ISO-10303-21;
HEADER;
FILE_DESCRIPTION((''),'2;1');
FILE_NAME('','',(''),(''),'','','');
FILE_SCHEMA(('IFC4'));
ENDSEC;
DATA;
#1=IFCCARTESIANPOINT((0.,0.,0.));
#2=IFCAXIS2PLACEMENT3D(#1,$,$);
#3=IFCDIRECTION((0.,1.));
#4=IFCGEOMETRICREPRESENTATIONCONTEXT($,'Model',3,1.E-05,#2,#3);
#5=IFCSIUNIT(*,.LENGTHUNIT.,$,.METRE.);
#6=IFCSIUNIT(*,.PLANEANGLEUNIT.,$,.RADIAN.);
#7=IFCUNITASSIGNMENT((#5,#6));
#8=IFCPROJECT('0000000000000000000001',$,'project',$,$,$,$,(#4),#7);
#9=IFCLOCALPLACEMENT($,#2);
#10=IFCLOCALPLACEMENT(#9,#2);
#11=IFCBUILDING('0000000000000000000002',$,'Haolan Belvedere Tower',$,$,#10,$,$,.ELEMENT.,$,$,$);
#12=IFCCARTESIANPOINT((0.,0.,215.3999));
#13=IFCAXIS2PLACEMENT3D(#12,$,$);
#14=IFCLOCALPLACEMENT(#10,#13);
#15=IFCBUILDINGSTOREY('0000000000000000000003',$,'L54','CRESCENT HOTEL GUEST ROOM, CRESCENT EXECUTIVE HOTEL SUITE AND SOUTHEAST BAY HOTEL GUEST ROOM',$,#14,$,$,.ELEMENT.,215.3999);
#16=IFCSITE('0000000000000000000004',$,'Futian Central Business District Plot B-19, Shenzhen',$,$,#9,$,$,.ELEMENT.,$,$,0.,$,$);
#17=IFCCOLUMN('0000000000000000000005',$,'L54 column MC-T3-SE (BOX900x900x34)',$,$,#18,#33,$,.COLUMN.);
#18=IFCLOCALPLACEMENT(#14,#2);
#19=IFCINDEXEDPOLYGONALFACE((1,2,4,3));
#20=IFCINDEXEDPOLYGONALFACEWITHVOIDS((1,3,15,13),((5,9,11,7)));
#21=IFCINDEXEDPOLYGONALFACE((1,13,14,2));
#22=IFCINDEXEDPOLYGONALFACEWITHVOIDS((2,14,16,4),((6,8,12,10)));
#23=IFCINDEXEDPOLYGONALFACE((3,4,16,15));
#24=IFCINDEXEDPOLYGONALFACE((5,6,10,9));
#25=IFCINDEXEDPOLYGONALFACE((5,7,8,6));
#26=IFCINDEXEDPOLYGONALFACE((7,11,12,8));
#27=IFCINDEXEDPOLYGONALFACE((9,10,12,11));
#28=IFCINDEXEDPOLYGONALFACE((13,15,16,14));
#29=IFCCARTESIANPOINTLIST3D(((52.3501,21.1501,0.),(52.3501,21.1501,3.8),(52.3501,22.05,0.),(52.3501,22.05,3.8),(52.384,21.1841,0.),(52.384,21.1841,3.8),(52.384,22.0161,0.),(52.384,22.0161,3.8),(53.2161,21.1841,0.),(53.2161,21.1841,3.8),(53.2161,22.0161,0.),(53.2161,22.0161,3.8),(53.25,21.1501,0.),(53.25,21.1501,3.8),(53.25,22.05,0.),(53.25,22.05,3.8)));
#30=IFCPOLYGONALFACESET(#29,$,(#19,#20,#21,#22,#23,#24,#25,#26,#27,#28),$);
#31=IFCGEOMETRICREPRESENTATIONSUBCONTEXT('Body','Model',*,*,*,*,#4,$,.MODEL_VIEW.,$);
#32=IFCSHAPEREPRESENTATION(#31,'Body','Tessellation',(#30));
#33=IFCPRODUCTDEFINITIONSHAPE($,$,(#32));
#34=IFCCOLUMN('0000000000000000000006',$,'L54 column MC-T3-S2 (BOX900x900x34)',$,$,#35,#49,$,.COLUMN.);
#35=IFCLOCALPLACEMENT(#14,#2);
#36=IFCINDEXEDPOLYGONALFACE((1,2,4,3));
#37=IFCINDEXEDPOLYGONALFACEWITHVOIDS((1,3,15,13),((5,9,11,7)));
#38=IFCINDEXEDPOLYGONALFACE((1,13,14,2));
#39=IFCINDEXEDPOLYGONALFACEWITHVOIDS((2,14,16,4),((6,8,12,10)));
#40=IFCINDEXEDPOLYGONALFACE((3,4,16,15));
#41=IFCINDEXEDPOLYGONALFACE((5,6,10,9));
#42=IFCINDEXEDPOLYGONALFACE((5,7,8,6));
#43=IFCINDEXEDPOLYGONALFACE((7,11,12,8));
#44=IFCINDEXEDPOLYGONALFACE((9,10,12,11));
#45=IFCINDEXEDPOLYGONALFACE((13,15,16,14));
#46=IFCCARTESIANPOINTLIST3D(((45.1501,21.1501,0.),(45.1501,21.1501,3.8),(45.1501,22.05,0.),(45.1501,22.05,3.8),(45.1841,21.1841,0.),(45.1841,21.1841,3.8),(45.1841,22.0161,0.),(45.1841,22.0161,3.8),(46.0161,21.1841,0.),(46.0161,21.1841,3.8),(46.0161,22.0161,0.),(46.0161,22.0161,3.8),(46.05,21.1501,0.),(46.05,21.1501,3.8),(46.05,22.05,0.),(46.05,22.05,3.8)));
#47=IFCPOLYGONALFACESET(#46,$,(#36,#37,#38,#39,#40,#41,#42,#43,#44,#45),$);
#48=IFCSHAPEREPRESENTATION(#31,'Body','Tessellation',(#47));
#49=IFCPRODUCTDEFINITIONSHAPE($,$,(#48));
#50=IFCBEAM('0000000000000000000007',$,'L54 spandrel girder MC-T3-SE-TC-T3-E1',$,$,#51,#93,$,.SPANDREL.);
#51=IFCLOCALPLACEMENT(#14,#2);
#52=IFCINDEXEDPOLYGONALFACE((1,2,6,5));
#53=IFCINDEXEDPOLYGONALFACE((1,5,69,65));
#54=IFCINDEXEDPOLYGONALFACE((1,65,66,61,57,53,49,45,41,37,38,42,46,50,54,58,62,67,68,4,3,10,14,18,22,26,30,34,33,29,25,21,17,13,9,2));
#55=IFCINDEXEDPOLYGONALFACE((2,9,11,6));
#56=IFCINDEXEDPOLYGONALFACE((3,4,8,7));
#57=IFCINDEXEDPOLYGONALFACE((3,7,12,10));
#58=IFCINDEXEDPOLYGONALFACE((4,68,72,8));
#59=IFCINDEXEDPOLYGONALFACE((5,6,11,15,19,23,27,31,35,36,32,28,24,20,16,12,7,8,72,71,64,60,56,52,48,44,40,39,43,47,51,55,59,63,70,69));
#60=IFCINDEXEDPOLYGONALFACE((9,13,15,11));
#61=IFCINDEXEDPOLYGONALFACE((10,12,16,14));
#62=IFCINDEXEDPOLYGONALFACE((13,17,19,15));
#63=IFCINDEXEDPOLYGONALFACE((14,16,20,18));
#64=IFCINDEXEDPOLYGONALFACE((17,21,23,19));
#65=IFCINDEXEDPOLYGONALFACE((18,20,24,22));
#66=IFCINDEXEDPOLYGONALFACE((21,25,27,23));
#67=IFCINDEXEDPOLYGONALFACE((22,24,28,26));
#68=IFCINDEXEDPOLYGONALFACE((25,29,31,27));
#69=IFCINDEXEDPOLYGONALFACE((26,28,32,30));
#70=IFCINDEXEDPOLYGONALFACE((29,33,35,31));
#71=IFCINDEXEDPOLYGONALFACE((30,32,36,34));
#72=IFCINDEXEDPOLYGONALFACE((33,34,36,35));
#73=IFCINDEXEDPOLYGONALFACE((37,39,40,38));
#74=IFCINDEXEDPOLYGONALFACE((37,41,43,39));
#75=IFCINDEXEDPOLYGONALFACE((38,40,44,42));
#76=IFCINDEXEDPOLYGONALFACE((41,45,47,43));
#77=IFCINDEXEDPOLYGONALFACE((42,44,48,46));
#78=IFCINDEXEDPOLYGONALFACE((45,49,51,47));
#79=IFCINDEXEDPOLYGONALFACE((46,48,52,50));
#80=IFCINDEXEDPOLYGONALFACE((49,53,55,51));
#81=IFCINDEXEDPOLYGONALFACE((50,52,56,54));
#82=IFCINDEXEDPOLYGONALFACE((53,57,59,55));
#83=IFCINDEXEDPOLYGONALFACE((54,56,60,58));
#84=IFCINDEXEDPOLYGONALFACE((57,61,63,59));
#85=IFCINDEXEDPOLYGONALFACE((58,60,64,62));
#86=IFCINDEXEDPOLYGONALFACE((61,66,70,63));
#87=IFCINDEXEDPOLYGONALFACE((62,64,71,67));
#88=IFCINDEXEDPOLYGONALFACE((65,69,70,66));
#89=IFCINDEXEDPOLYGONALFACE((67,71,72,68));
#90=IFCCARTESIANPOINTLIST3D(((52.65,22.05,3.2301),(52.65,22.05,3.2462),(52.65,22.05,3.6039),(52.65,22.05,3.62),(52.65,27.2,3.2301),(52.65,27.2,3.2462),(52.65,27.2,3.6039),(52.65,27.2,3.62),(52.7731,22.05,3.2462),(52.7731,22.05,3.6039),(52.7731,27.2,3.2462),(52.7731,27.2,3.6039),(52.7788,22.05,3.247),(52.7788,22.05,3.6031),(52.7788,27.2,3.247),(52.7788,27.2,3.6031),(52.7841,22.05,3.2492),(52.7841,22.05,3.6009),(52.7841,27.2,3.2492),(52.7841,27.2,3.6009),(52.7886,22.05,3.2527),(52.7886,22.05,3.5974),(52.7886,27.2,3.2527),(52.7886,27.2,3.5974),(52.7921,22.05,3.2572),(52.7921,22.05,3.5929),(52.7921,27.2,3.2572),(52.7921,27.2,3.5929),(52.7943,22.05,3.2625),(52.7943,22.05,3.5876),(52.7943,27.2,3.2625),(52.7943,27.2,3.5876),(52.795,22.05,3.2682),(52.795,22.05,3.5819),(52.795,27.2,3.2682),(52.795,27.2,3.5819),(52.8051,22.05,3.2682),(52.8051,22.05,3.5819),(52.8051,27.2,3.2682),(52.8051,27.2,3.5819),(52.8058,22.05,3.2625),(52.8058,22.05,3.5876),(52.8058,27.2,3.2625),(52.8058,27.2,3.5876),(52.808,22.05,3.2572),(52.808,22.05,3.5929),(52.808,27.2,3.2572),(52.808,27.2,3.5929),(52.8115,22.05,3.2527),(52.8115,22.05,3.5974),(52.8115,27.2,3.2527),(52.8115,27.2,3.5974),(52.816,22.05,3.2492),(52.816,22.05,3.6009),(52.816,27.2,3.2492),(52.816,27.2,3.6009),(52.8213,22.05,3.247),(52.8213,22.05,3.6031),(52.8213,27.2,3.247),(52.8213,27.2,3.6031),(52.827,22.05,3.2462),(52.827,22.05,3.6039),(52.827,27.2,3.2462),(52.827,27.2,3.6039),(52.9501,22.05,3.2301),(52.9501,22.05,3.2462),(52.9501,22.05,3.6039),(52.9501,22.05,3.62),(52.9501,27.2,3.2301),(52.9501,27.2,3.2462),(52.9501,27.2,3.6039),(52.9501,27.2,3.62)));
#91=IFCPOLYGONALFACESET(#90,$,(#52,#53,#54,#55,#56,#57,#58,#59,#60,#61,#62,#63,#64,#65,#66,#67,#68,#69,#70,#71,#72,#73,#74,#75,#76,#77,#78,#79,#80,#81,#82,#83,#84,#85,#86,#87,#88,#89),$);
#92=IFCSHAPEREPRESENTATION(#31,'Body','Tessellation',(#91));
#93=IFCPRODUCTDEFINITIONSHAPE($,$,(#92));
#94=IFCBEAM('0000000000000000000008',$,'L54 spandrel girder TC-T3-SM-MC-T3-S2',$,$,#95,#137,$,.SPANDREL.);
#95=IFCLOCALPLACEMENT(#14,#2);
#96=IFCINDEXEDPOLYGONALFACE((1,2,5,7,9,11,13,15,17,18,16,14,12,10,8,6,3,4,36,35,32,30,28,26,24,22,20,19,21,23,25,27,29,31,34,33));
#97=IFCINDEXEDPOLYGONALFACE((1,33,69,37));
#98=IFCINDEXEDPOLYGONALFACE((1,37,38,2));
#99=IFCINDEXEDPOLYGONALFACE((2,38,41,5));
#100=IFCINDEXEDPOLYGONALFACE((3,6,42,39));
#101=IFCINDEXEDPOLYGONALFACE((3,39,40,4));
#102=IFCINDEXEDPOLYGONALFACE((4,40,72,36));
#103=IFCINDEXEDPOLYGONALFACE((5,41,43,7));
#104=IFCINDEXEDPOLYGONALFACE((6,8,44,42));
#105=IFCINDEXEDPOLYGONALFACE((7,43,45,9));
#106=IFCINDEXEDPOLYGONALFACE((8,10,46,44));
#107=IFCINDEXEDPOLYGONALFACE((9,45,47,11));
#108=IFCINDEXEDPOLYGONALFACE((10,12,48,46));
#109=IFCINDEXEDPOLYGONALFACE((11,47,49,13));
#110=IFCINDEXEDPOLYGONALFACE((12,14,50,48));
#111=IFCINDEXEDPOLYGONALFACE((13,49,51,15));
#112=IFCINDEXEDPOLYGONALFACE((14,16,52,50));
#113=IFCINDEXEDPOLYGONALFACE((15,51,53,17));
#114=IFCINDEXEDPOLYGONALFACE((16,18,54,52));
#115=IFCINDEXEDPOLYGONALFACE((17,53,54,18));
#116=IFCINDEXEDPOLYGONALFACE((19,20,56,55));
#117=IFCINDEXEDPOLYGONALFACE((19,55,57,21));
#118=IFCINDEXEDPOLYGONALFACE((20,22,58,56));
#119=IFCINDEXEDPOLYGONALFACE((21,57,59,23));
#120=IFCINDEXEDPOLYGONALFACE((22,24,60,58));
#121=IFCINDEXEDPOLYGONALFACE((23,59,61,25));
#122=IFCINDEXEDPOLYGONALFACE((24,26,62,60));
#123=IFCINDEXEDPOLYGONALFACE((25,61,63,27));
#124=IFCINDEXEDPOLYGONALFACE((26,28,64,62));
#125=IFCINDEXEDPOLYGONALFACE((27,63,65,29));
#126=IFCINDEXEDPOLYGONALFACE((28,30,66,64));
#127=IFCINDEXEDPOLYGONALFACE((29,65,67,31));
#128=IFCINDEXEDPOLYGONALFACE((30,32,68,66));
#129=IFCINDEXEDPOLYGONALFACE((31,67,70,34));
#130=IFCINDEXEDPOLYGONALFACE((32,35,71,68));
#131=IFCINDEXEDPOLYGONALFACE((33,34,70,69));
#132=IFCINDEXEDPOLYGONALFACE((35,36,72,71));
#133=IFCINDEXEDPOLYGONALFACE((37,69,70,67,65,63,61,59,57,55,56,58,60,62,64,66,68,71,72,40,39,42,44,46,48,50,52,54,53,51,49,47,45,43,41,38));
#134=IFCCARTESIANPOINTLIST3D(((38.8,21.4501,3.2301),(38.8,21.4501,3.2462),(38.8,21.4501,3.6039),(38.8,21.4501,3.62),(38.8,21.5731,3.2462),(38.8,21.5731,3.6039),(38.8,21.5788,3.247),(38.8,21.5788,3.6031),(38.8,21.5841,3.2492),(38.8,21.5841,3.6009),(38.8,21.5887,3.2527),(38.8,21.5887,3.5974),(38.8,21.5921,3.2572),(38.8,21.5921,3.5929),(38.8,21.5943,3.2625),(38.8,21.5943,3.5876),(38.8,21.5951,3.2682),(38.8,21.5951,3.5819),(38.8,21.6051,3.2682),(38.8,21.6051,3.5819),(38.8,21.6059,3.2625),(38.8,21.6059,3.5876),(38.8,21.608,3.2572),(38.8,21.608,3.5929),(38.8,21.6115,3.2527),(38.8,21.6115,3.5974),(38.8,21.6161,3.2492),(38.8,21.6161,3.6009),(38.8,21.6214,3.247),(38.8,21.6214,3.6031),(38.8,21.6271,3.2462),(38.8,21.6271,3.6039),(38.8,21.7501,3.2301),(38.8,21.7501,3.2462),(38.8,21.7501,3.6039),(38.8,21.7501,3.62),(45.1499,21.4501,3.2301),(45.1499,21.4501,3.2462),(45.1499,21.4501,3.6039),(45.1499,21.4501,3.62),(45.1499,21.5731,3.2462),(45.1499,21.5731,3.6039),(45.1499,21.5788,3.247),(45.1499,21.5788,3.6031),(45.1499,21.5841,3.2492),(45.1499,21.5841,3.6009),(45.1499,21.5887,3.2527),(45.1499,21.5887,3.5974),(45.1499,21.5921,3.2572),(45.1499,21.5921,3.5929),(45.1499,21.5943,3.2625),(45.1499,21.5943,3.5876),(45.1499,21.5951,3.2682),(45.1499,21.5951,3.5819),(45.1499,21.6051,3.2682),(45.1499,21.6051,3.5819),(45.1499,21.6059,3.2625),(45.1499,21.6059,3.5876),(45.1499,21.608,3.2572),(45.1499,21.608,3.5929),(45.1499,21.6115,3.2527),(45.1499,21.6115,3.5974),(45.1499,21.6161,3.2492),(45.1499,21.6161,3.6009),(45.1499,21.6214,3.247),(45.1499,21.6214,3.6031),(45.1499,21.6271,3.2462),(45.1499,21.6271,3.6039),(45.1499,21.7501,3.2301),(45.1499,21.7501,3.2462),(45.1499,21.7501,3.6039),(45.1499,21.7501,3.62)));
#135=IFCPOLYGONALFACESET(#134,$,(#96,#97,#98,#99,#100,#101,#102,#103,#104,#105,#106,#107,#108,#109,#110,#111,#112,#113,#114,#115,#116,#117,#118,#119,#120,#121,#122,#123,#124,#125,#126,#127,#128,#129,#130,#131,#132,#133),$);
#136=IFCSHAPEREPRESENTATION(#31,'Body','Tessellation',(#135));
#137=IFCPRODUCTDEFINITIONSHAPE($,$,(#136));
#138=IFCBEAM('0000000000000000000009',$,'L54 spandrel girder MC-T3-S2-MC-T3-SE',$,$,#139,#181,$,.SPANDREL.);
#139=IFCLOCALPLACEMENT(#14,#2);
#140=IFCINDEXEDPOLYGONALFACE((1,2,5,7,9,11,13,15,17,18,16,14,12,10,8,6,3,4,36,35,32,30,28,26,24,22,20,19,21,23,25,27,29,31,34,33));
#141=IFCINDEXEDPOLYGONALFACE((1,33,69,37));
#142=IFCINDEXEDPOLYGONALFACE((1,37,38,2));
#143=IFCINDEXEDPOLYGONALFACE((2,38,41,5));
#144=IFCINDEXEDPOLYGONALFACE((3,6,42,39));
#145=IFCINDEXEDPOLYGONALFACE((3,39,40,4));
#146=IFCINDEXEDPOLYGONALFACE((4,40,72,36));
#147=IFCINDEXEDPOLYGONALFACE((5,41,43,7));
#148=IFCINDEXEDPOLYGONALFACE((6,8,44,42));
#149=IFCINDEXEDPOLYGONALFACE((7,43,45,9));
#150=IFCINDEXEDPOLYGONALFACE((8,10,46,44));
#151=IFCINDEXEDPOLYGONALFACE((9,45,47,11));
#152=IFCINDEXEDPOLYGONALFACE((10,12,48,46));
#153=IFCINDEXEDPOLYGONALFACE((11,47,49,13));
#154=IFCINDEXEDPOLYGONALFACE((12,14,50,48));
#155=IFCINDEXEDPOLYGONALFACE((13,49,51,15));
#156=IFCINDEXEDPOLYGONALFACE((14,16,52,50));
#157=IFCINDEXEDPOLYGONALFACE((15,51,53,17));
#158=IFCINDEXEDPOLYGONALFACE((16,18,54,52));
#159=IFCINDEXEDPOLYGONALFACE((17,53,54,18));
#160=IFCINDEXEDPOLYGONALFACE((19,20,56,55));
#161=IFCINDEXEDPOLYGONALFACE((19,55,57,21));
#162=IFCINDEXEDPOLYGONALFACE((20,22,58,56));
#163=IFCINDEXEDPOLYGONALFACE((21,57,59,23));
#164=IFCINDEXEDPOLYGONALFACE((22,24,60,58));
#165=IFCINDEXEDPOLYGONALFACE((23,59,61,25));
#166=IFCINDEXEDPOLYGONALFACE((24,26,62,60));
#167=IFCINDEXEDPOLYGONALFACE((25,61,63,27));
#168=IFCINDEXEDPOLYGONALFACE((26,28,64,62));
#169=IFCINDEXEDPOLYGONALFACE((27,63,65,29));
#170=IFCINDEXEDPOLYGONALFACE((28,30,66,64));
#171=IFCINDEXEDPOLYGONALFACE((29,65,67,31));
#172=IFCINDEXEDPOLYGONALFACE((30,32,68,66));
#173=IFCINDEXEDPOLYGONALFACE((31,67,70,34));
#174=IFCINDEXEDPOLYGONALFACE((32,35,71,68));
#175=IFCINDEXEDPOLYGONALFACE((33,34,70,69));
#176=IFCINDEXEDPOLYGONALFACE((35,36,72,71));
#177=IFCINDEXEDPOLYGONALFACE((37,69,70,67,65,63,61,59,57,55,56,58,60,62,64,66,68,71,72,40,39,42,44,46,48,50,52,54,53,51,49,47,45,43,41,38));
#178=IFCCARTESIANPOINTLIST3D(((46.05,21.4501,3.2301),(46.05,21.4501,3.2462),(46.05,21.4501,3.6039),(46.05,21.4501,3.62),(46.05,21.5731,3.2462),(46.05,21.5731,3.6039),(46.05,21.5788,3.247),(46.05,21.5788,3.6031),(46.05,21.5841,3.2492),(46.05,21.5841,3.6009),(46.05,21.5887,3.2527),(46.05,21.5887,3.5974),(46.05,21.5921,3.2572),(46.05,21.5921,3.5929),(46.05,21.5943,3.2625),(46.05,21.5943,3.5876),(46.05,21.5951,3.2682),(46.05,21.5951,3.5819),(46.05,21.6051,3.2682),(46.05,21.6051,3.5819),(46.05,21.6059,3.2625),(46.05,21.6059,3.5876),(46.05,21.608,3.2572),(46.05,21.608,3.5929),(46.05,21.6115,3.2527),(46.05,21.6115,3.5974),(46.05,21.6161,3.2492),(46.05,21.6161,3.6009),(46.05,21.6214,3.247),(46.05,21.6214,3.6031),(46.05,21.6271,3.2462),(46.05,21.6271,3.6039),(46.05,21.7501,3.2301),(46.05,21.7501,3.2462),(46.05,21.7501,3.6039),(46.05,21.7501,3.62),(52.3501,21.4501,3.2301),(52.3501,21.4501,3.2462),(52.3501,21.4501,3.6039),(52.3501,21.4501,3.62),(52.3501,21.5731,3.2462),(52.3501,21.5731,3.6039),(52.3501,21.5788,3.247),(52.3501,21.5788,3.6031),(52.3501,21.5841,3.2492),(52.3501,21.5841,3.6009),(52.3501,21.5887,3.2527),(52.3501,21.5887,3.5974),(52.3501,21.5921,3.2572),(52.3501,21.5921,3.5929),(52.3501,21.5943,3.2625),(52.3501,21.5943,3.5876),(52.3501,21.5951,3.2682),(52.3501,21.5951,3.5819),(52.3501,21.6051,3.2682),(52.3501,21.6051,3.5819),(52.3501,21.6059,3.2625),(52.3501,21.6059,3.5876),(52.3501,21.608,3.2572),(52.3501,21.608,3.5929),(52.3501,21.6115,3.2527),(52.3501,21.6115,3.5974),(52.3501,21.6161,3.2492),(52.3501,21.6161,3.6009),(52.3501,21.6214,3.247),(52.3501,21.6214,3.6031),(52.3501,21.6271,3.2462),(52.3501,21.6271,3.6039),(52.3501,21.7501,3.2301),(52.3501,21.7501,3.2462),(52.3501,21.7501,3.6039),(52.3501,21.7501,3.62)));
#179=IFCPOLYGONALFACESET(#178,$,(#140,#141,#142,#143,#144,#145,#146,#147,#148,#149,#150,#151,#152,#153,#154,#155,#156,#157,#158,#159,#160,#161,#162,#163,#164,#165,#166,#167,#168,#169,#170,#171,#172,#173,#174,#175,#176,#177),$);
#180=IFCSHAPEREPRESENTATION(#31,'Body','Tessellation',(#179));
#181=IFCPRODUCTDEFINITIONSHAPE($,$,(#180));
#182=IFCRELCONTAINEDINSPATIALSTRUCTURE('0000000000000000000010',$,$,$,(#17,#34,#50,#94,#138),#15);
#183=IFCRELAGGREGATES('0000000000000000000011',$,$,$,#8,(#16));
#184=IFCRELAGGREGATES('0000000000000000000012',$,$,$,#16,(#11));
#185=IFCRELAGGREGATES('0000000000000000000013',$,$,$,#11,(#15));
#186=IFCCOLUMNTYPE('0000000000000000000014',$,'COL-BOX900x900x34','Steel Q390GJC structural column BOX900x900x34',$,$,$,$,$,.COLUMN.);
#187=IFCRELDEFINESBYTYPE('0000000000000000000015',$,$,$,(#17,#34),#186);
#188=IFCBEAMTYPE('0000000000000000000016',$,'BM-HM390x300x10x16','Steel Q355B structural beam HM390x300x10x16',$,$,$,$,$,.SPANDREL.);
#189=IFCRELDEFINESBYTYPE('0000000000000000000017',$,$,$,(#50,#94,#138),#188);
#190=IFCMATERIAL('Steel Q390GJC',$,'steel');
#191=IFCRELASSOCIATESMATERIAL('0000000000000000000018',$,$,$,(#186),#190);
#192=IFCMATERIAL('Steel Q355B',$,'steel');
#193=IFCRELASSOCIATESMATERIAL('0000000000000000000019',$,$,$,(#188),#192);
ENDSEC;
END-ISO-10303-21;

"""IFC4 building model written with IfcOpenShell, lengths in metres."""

from ifc_helpers import new_model, si_unit, direction, frame, origin, origin_2d, place, context, subcontext, project, spatial, hollow_rectangle, i_section, extrude, material, material_profile, profile_set, type_object, element, save


model = new_model("IFC4")

# Units and contexts
model_context = context("Model", 3, precision=1e-05, world=origin(), true_north=direction((0.0, 1.0)))
body_context = subcontext(model_context, "Body", "Model", "MODEL_VIEW")
ifc_project = project(units=[si_unit("LENGTHUNIT", "METRE"), si_unit("PLANEANGLEUNIT", "RADIAN")], contexts=[model_context])

# Site, building, storey
site_placement = place(None, origin())
site = spatial("IfcSite", under=ifc_project, at=site_placement, Name="Futian Central Business District Plot B-19, Shenzhen", CompositionType="ELEMENT", RefElevation=0.0)
building_placement = place(site_placement, origin())
building = spatial("IfcBuilding", under=site, at=building_placement, Name="Haolan Belvedere Tower", CompositionType="ELEMENT")
storey_placement = place(building_placement, frame((0.0, 0.0, 215.3999)))
storey = spatial("IfcBuildingStorey", under=building, at=storey_placement, Name="L54", Description="CRESCENT HOTEL GUEST ROOM, CRESCENT EXECUTIVE HOTEL SUITE AND SOUTHEAST BAY HOTEL GUEST ROOM", CompositionType="ELEMENT", Elevation=215.3999)

# Columns
ifc_material_1 = material(Name="Steel Q390GJC", Category="steel")
ifc_material_profile_1 = material_profile(ifc_material_1, hollow_rectangle(XDim=0.8999, YDim=0.8999, WallThickness=0.0339, at=origin_2d()), Name="Steel Q390GJC")
ifc_profile_set_1 = profile_set([ifc_material_profile_1], Name="Steel Q390GJC")
column_type = type_object("IfcColumnType", Name="COL-BOX900x900x34", Description="Steel Q390GJC structural column BOX900x900x34", PredefinedType="COLUMN", material=ifc_profile_set_1)
for number, where, z_axis, x_axis, name in (
    (1, (52.8, 21.6001, 0.0), (0.0, 0.0, 1.0), (1.0, 0.0, 0.0), "L54 column MC-T3-SE (BOX900x900x34)"),
    (2, (45.6001, 21.6001, 0.0), (0.0, 0.0, 1.0), (1.0, 0.0, 0.0), "L54 column MC-T3-S2 (BOX900x900x34)"),
):
    element("IfcColumn", number, at=place(storey_placement, frame(where, z_axis=z_axis, x_axis=x_axis)), inside=storey, type_object=column_type, Name=name, PredefinedType="COLUMN", context=body_context, shape_type="SweptSolid", body=[
        extrude(hollow_rectangle(XDim=0.8999, YDim=0.8999, WallThickness=0.0339, at=origin_2d()), origin(), (0.0, 0.0, 1.0), 3.8),
    ])

# Beams
ifc_material_2 = material(Name="Steel Q355B", Category="steel")
ifc_material_profile_2 = material_profile(ifc_material_2, i_section(OverallWidth=0.3, OverallDepth=0.3899, WebThickness=0.01, FlangeThickness=0.0161, FilletRadius=0.022, at=origin_2d()), Name="Steel Q355B")
ifc_profile_set_2 = profile_set([ifc_material_profile_2], Name="Steel Q355B")
beam_type_1 = type_object("IfcBeamType", Name="BM-HM390x300x10x16", Description="Steel Q355B structural beam HM390x300x10x16", PredefinedType="SPANDREL", material=ifc_profile_set_2)
beam_1_placement = place(storey_placement, frame((52.8, 22.05, 3.425), z_axis=(0.0, 1.0, 0.0), x_axis=(-1.0, 0.0, 0.0)))
element("IfcBeam", 3, at=beam_1_placement, inside=storey, type_object=beam_type_1, Name="L54 spandrel girder MC-T3-SE-TC-T3-E1", PredefinedType="SPANDREL", context=body_context, shape_type="SweptSolid", body=[
    extrude(i_section(OverallWidth=0.3, OverallDepth=0.3899, WebThickness=0.01, FlangeThickness=0.0161, FilletRadius=0.022, at=origin_2d()), origin(), (0.0, 0.0, 1.0), 5.1499),
])
beam_2_placement = place(storey_placement, frame((38.8, 21.6001, 3.425), z_axis=(1.0, 0.0, 0.0), x_axis=(0.0, 1.0, 0.0)))
element("IfcBeam", 4, at=beam_2_placement, inside=storey, type_object=beam_type_1, Name="L54 spandrel girder TC-T3-SM-MC-T3-S2", PredefinedType="SPANDREL", context=body_context, shape_type="SweptSolid", body=[
    extrude(i_section(OverallWidth=0.3, OverallDepth=0.3899, WebThickness=0.01, FlangeThickness=0.0161, FilletRadius=0.022, at=origin_2d()), origin(), (0.0, 0.0, 1.0), 6.3499),
])
beam_3_placement = place(storey_placement, frame((46.05, 21.6001, 3.425), z_axis=(1.0, 0.0, 0.0), x_axis=(0.0, 1.0, 0.0)))
element("IfcBeam", 5, at=beam_3_placement, inside=storey, type_object=beam_type_1, Name="L54 spandrel girder MC-T3-S2-MC-T3-SE", PredefinedType="SPANDREL", context=body_context, shape_type="SweptSolid", body=[
    extrude(i_section(OverallWidth=0.3, OverallDepth=0.3899, WebThickness=0.01, FlangeThickness=0.0161, FilletRadius=0.022, at=origin_2d()), origin(), (0.0, 0.0, 1.0), 6.3),
])

save(model, "model.ifc")
